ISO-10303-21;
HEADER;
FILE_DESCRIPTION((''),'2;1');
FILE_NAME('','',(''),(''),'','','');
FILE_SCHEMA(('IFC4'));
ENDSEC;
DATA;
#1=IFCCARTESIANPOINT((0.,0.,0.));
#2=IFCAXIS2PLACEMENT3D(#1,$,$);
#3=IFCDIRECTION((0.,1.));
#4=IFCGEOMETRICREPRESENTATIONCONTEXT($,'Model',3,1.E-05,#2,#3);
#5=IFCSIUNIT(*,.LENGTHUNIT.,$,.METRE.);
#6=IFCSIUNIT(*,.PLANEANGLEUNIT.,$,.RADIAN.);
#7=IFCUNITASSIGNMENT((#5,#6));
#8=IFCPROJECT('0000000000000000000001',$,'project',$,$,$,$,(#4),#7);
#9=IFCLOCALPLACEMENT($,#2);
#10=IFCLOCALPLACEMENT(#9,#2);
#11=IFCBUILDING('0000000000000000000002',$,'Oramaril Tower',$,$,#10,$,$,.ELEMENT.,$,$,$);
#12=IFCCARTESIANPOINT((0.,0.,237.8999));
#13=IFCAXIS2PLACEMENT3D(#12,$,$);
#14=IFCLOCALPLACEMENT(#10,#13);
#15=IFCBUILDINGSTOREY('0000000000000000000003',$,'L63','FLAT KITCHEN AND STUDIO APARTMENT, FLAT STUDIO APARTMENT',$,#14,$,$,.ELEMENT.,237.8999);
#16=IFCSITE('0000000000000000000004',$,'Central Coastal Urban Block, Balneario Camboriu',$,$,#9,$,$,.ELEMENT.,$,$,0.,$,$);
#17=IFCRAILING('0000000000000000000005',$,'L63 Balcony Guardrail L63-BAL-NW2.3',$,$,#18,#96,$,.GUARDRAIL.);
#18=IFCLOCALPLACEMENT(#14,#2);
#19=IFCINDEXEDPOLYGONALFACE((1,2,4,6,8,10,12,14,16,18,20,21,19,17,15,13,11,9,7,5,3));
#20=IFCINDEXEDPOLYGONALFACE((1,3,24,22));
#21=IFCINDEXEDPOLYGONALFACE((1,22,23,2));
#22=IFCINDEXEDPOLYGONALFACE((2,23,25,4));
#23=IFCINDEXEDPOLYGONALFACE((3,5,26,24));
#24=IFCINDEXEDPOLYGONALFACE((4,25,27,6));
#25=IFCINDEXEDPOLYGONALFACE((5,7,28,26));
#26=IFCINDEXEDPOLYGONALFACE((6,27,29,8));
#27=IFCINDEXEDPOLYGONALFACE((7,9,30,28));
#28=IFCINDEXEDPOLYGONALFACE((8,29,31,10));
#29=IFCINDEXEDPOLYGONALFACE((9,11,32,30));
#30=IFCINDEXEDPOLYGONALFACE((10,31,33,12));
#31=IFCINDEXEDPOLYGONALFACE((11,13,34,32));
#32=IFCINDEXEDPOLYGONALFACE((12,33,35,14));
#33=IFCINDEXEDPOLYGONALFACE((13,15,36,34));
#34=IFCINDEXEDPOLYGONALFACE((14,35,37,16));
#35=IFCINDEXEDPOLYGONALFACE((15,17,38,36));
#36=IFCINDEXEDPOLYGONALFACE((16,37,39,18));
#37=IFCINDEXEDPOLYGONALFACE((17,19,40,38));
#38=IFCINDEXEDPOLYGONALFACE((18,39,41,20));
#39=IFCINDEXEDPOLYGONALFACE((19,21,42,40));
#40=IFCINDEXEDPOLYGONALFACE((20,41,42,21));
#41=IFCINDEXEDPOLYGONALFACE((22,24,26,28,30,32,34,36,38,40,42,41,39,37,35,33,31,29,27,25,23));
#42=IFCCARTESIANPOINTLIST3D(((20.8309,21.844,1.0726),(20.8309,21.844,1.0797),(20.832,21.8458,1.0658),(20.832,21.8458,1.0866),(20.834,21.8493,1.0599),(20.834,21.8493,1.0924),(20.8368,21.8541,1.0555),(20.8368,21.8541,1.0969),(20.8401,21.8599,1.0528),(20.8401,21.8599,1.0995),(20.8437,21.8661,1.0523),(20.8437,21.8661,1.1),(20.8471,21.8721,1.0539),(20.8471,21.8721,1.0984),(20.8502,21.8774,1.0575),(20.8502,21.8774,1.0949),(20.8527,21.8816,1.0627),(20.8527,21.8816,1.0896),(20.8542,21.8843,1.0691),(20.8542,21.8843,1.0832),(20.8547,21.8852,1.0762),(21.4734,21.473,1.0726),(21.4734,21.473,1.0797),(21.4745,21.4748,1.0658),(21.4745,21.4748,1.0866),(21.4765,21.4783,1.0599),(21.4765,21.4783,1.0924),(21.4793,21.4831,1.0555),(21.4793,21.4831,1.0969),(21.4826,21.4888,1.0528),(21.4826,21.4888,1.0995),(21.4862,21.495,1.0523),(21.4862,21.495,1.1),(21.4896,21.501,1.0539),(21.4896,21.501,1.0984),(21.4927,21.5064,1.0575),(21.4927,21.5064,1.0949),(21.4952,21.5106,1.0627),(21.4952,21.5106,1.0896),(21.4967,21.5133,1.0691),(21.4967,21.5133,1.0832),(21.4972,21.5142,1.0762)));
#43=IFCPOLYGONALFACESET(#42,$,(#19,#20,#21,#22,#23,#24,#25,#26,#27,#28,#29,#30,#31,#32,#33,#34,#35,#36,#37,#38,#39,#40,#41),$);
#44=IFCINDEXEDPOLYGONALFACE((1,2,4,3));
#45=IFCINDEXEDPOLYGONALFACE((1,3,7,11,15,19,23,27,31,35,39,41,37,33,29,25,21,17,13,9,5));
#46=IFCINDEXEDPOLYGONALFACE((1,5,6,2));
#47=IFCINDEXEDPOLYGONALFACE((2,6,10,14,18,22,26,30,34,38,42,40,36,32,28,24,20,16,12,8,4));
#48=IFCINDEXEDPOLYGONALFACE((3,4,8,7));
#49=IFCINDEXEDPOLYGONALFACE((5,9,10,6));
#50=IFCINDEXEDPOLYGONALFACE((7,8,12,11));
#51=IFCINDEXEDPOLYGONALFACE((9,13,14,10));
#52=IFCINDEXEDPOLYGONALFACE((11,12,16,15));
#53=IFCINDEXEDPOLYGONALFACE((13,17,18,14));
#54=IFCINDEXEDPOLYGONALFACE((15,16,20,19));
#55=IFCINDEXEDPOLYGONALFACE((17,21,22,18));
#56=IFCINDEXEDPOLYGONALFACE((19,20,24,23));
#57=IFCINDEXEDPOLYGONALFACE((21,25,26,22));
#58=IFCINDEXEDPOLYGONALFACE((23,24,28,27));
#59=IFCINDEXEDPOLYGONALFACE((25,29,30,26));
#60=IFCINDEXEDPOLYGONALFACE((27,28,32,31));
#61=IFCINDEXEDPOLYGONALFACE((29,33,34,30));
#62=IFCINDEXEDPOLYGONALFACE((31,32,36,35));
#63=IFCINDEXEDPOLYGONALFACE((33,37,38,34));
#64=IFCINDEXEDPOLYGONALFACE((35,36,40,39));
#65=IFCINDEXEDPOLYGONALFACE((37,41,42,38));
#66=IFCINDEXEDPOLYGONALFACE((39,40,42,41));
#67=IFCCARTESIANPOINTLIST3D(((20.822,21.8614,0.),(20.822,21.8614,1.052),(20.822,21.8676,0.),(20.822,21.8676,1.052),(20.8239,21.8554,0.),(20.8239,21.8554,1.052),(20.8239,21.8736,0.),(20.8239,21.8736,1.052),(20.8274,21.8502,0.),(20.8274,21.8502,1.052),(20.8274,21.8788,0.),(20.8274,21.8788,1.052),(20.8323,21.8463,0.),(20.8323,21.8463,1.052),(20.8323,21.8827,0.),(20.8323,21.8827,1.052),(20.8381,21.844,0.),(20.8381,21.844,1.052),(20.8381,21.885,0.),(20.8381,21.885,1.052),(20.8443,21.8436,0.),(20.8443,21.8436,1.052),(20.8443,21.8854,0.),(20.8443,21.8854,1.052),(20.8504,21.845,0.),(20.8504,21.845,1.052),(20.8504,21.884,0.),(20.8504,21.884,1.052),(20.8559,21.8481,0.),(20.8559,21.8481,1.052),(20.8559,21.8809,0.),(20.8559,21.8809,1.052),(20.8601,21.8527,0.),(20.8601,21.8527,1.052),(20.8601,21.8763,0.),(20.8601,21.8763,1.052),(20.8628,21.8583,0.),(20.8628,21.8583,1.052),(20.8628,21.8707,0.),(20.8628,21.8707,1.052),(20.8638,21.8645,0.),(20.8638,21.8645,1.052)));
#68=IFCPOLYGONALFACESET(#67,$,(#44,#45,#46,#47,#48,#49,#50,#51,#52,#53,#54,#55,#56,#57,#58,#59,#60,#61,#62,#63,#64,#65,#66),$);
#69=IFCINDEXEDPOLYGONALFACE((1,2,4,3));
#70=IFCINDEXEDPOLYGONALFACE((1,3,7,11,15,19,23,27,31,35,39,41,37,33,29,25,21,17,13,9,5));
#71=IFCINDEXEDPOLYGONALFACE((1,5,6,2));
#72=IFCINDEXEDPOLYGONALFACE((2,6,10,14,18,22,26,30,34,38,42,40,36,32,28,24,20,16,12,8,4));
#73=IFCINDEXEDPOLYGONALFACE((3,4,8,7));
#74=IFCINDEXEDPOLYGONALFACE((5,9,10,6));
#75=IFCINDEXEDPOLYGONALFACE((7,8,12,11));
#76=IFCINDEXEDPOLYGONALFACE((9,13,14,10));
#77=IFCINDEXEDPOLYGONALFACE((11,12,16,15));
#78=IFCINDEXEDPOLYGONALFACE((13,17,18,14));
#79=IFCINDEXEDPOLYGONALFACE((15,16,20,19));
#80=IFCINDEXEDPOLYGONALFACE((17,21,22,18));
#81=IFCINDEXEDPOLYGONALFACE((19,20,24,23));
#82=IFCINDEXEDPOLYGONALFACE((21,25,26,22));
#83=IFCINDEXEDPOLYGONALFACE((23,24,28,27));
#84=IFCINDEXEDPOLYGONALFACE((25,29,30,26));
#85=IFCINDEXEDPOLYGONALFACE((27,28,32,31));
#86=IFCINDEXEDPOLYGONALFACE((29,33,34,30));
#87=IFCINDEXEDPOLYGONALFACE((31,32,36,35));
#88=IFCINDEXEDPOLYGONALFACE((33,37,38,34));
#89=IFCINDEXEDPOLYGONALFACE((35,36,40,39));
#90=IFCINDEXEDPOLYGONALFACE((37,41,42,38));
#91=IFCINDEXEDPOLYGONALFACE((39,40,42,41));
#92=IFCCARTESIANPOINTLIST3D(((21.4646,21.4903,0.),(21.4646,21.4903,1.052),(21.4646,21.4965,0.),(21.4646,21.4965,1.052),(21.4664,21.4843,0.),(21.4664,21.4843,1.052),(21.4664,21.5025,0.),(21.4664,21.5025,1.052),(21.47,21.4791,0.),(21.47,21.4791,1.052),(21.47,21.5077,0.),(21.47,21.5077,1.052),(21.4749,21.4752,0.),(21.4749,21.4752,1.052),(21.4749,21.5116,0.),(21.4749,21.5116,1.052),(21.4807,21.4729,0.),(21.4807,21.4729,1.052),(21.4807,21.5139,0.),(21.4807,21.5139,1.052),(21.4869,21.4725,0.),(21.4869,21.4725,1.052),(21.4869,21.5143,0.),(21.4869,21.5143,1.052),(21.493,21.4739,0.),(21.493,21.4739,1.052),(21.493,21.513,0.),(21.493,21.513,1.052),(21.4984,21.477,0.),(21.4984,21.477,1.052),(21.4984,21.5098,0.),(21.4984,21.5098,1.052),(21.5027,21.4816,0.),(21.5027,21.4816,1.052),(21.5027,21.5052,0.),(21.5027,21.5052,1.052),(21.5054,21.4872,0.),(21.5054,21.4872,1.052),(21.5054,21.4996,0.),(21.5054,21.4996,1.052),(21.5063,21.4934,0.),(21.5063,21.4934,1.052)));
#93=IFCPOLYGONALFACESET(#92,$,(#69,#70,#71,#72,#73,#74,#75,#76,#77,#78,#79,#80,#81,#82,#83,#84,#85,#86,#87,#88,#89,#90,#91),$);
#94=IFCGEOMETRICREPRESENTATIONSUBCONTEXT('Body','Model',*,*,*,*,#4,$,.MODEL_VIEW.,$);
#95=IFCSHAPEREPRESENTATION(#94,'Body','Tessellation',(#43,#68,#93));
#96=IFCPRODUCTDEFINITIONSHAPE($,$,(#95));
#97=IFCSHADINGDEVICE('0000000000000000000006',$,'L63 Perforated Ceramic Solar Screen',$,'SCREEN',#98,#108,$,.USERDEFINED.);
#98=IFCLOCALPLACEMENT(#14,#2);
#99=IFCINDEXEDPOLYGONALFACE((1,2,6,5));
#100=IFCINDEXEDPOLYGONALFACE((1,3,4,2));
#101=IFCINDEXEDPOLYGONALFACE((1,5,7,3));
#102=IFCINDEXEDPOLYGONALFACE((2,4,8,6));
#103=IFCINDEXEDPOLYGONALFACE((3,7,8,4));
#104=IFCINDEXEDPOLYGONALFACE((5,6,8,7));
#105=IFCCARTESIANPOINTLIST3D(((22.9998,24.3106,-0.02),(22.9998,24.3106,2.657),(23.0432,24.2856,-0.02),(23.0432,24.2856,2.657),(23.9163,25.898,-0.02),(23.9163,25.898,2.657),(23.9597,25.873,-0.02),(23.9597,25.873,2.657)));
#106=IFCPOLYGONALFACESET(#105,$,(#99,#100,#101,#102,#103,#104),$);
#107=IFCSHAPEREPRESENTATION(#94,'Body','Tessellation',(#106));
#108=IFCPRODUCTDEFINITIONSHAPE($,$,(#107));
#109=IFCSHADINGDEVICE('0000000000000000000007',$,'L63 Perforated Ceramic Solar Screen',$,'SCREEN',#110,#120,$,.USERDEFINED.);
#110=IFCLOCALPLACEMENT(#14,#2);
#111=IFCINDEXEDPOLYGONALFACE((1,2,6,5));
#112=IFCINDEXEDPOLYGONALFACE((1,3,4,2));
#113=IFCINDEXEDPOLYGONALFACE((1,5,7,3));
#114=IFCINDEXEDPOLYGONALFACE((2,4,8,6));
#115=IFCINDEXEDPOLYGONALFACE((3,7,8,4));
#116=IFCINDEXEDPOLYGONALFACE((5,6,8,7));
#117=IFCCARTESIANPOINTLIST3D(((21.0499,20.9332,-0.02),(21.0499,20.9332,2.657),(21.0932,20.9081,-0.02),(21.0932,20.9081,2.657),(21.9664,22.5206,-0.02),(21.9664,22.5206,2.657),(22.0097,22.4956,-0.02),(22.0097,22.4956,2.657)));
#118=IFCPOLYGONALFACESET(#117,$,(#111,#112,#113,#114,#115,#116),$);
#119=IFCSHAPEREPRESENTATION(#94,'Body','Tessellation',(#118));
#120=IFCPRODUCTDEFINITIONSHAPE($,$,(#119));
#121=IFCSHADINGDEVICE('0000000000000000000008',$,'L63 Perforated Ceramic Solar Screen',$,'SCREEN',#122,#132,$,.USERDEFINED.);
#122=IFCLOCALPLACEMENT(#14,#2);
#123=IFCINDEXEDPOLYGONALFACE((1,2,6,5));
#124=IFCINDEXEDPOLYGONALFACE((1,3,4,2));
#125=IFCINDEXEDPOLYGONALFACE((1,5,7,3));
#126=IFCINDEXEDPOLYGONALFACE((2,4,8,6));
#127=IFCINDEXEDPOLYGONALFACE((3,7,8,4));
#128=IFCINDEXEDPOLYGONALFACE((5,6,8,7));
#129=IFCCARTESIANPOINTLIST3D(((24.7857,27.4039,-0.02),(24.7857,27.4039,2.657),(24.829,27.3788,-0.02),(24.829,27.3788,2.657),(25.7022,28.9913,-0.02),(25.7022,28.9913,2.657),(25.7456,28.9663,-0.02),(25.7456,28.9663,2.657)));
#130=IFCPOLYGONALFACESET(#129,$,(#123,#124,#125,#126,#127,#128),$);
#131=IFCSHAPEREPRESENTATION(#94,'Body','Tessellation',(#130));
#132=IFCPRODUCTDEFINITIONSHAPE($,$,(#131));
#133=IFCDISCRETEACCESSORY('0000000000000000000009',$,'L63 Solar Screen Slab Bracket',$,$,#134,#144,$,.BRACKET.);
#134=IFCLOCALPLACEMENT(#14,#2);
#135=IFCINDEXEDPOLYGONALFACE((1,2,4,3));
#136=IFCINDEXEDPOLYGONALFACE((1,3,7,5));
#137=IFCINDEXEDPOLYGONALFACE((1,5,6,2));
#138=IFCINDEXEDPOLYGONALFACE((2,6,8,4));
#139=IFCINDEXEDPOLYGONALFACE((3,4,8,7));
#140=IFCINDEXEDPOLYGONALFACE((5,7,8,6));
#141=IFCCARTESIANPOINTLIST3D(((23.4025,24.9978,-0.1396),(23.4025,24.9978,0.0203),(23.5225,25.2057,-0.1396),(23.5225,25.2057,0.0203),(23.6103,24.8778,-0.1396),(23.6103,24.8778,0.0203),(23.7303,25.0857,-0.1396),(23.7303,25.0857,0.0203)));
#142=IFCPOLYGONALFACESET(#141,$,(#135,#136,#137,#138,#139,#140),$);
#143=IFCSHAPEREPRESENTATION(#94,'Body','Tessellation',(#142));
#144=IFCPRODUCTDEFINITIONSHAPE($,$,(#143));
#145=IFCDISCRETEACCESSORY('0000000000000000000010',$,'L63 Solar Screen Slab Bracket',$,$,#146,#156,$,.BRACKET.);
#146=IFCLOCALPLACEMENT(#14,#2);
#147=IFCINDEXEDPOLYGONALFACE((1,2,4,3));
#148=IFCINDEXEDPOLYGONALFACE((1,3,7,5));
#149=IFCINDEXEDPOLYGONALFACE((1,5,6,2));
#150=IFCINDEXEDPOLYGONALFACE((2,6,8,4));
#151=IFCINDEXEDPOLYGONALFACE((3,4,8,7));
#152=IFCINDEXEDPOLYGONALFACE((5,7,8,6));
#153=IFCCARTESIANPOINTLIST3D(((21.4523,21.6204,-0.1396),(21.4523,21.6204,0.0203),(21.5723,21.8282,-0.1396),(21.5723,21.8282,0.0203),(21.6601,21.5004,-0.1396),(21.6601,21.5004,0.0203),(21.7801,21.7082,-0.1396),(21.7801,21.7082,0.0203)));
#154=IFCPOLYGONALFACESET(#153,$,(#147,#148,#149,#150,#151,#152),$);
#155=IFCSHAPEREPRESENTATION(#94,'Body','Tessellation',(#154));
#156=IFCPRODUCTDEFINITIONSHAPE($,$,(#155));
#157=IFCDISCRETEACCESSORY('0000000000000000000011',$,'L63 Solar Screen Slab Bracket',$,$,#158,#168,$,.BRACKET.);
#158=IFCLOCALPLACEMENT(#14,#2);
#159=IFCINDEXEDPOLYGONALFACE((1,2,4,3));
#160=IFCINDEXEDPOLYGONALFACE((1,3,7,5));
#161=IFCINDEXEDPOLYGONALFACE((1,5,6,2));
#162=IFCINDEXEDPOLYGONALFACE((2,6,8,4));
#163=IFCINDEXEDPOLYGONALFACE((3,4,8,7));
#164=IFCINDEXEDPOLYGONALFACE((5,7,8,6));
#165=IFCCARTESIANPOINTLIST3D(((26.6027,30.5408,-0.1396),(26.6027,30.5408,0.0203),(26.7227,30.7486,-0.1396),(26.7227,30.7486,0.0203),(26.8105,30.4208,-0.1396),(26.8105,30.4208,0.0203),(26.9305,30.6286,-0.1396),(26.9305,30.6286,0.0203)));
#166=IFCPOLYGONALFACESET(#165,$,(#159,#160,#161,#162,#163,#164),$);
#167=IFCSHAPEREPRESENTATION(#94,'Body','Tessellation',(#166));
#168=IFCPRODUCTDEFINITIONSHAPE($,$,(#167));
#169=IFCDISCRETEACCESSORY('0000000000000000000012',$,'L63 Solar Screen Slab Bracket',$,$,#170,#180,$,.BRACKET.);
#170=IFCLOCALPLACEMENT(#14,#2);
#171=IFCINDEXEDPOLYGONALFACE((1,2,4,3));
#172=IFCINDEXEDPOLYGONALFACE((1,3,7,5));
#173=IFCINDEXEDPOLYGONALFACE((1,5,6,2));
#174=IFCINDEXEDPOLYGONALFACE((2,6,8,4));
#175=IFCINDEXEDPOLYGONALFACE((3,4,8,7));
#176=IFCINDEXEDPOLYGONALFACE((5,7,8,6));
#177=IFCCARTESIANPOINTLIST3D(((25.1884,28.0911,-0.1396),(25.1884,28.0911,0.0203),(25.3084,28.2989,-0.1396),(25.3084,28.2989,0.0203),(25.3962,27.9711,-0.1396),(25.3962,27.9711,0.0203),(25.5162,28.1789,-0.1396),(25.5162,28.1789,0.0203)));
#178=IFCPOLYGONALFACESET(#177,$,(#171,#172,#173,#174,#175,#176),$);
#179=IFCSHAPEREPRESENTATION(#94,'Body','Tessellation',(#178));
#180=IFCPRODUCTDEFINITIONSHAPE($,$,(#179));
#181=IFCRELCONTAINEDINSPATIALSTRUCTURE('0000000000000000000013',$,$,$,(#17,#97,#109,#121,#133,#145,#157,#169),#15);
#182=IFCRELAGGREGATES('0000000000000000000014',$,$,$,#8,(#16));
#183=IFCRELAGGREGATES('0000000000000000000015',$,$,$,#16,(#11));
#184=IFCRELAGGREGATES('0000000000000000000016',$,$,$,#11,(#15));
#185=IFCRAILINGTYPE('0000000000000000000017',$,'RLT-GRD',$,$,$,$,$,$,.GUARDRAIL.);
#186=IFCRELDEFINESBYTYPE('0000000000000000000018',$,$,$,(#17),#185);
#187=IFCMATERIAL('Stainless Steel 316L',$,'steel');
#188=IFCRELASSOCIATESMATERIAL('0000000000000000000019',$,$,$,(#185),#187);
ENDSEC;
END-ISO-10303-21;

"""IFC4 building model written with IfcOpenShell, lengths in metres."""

from ifc_helpers import new_model, si_unit, direction, frame, origin, origin_2d, place, context, subcontext, project, spatial, rectangle, circle, extrude, material, type_object, element, save


model = new_model("IFC4")

# Units and contexts
model_context = context("Model", 3, precision=1e-05, world=origin(), true_north=direction((0.0, 1.0)))
body_context = subcontext(model_context, "Body", "Model", "MODEL_VIEW")
ifc_project = project(units=[si_unit("LENGTHUNIT", "METRE"), si_unit("PLANEANGLEUNIT", "RADIAN")], contexts=[model_context])

# Site, building, storey
site_placement = place(None, origin())
site = spatial("IfcSite", under=ifc_project, at=site_placement, Name="Central Coastal Urban Block, Balneario Camboriu", CompositionType="ELEMENT", RefElevation=0.0)
building_placement = place(site_placement, origin())
building = spatial("IfcBuilding", under=site, at=building_placement, Name="Oramaril Tower", CompositionType="ELEMENT")
storey_placement = place(building_placement, frame((0.0, 0.0, 237.8999)))
storey = spatial("IfcBuildingStorey", under=building, at=storey_placement, Name="L63", Description="FLAT KITCHEN AND STUDIO APARTMENT, FLAT STUDIO APARTMENT", CompositionType="ELEMENT", Elevation=237.8999)

# Railing
ifc_material_1 = material(Name="Stainless Steel 316L", Category="steel")
railing_type = type_object("IfcRailingType", Name="RLT-GRD", PredefinedType="GUARDRAIL", material=ifc_material_1)
railing_placement = place(storey_placement, frame((20.8428, 21.8645, 0.0)))
element("IfcRailing", 1, at=railing_placement, inside=storey, type_object=railing_type, Name="L63 Balcony Guardrail L63-BAL-NW2.3", PredefinedType="GUARDRAIL", context=body_context, shape_type="SweptSolid", body=[
    extrude(circle(Radius=0.0239, at=origin_2d()), frame((0.0, 0.0, 1.0762), z_axis=(0.865966, -0.500102, 0.0), x_axis=(0.500102, 0.865966, 0.0)), (0.0, 0.0, 1.0), 0.7419),
    extrude(circle(Radius=0.021, at=origin_2d()), origin(), (0.0, 0.0, 1.0), 1.052),
    extrude(circle(Radius=0.021, at=origin_2d()), frame((0.6426, -0.3711, 0.0)), (0.0, 0.0, 1.0), 1.052),
])

# Shading devices
for number, where, z_axis, x_axis, name in (
    (2, (23.4797, 25.0918, -0.02), (0.0, 0.0, 1.0), (-0.500002, -0.866025, 0.0), "L63 Perforated Ceramic Solar Screen"),
    (3, (21.5298, 21.7144, -0.02), (0.0, 0.0, 1.0), (-0.500002, -0.866025, 0.0), "L63 Perforated Ceramic Solar Screen"),
    (4, (25.2656, 28.1851, -0.02), (0.0, 0.0, 1.0), (-0.500002, -0.866025, 0.0), "L63 Perforated Ceramic Solar Screen"),
):
    element("IfcShadingDevice", number, at=place(storey_placement, frame(where, z_axis=z_axis, x_axis=x_axis)), inside=storey, Name=name, ObjectType="SCREEN", PredefinedType="USERDEFINED", context=body_context, shape_type="SweptSolid", body=[
        extrude(rectangle(XDim=1.833, YDim=0.05, at=origin_2d()), origin(), (0.0, 0.0, 1.0), 2.677),
    ])

# Discrete accessories
for number, where, z_axis, x_axis, name in (
    (5, (23.5664, 25.0417, -0.1396), (0.0, 0.0, 1.0), (-0.500002, -0.866025, 0.0), "L63 Solar Screen Slab Bracket"),
    (6, (21.6162, 21.6643, -0.1396), (0.0, 0.0, 1.0), (-0.500002, -0.866025, 0.0), "L63 Solar Screen Slab Bracket"),
    (7, (26.7666, 30.5847, -0.1396), (0.0, 0.0, 1.0), (-0.500002, -0.866025, 0.0), "L63 Solar Screen Slab Bracket"),
    (8, (25.3523, 28.135, -0.1396), (0.0, 0.0, 1.0), (-0.500002, -0.866025, 0.0), "L63 Solar Screen Slab Bracket"),
):
    element("IfcDiscreteAccessory", number, at=place(storey_placement, frame(where, z_axis=z_axis, x_axis=x_axis)), inside=storey, Name=name, PredefinedType="BRACKET", context=body_context, shape_type="SweptSolid", body=[
        extrude(rectangle(XDim=0.24, YDim=0.24, at=origin_2d()), origin(), (0.0, 0.0, 1.0), 0.1599),
    ])

save(model, "model.ifc")
